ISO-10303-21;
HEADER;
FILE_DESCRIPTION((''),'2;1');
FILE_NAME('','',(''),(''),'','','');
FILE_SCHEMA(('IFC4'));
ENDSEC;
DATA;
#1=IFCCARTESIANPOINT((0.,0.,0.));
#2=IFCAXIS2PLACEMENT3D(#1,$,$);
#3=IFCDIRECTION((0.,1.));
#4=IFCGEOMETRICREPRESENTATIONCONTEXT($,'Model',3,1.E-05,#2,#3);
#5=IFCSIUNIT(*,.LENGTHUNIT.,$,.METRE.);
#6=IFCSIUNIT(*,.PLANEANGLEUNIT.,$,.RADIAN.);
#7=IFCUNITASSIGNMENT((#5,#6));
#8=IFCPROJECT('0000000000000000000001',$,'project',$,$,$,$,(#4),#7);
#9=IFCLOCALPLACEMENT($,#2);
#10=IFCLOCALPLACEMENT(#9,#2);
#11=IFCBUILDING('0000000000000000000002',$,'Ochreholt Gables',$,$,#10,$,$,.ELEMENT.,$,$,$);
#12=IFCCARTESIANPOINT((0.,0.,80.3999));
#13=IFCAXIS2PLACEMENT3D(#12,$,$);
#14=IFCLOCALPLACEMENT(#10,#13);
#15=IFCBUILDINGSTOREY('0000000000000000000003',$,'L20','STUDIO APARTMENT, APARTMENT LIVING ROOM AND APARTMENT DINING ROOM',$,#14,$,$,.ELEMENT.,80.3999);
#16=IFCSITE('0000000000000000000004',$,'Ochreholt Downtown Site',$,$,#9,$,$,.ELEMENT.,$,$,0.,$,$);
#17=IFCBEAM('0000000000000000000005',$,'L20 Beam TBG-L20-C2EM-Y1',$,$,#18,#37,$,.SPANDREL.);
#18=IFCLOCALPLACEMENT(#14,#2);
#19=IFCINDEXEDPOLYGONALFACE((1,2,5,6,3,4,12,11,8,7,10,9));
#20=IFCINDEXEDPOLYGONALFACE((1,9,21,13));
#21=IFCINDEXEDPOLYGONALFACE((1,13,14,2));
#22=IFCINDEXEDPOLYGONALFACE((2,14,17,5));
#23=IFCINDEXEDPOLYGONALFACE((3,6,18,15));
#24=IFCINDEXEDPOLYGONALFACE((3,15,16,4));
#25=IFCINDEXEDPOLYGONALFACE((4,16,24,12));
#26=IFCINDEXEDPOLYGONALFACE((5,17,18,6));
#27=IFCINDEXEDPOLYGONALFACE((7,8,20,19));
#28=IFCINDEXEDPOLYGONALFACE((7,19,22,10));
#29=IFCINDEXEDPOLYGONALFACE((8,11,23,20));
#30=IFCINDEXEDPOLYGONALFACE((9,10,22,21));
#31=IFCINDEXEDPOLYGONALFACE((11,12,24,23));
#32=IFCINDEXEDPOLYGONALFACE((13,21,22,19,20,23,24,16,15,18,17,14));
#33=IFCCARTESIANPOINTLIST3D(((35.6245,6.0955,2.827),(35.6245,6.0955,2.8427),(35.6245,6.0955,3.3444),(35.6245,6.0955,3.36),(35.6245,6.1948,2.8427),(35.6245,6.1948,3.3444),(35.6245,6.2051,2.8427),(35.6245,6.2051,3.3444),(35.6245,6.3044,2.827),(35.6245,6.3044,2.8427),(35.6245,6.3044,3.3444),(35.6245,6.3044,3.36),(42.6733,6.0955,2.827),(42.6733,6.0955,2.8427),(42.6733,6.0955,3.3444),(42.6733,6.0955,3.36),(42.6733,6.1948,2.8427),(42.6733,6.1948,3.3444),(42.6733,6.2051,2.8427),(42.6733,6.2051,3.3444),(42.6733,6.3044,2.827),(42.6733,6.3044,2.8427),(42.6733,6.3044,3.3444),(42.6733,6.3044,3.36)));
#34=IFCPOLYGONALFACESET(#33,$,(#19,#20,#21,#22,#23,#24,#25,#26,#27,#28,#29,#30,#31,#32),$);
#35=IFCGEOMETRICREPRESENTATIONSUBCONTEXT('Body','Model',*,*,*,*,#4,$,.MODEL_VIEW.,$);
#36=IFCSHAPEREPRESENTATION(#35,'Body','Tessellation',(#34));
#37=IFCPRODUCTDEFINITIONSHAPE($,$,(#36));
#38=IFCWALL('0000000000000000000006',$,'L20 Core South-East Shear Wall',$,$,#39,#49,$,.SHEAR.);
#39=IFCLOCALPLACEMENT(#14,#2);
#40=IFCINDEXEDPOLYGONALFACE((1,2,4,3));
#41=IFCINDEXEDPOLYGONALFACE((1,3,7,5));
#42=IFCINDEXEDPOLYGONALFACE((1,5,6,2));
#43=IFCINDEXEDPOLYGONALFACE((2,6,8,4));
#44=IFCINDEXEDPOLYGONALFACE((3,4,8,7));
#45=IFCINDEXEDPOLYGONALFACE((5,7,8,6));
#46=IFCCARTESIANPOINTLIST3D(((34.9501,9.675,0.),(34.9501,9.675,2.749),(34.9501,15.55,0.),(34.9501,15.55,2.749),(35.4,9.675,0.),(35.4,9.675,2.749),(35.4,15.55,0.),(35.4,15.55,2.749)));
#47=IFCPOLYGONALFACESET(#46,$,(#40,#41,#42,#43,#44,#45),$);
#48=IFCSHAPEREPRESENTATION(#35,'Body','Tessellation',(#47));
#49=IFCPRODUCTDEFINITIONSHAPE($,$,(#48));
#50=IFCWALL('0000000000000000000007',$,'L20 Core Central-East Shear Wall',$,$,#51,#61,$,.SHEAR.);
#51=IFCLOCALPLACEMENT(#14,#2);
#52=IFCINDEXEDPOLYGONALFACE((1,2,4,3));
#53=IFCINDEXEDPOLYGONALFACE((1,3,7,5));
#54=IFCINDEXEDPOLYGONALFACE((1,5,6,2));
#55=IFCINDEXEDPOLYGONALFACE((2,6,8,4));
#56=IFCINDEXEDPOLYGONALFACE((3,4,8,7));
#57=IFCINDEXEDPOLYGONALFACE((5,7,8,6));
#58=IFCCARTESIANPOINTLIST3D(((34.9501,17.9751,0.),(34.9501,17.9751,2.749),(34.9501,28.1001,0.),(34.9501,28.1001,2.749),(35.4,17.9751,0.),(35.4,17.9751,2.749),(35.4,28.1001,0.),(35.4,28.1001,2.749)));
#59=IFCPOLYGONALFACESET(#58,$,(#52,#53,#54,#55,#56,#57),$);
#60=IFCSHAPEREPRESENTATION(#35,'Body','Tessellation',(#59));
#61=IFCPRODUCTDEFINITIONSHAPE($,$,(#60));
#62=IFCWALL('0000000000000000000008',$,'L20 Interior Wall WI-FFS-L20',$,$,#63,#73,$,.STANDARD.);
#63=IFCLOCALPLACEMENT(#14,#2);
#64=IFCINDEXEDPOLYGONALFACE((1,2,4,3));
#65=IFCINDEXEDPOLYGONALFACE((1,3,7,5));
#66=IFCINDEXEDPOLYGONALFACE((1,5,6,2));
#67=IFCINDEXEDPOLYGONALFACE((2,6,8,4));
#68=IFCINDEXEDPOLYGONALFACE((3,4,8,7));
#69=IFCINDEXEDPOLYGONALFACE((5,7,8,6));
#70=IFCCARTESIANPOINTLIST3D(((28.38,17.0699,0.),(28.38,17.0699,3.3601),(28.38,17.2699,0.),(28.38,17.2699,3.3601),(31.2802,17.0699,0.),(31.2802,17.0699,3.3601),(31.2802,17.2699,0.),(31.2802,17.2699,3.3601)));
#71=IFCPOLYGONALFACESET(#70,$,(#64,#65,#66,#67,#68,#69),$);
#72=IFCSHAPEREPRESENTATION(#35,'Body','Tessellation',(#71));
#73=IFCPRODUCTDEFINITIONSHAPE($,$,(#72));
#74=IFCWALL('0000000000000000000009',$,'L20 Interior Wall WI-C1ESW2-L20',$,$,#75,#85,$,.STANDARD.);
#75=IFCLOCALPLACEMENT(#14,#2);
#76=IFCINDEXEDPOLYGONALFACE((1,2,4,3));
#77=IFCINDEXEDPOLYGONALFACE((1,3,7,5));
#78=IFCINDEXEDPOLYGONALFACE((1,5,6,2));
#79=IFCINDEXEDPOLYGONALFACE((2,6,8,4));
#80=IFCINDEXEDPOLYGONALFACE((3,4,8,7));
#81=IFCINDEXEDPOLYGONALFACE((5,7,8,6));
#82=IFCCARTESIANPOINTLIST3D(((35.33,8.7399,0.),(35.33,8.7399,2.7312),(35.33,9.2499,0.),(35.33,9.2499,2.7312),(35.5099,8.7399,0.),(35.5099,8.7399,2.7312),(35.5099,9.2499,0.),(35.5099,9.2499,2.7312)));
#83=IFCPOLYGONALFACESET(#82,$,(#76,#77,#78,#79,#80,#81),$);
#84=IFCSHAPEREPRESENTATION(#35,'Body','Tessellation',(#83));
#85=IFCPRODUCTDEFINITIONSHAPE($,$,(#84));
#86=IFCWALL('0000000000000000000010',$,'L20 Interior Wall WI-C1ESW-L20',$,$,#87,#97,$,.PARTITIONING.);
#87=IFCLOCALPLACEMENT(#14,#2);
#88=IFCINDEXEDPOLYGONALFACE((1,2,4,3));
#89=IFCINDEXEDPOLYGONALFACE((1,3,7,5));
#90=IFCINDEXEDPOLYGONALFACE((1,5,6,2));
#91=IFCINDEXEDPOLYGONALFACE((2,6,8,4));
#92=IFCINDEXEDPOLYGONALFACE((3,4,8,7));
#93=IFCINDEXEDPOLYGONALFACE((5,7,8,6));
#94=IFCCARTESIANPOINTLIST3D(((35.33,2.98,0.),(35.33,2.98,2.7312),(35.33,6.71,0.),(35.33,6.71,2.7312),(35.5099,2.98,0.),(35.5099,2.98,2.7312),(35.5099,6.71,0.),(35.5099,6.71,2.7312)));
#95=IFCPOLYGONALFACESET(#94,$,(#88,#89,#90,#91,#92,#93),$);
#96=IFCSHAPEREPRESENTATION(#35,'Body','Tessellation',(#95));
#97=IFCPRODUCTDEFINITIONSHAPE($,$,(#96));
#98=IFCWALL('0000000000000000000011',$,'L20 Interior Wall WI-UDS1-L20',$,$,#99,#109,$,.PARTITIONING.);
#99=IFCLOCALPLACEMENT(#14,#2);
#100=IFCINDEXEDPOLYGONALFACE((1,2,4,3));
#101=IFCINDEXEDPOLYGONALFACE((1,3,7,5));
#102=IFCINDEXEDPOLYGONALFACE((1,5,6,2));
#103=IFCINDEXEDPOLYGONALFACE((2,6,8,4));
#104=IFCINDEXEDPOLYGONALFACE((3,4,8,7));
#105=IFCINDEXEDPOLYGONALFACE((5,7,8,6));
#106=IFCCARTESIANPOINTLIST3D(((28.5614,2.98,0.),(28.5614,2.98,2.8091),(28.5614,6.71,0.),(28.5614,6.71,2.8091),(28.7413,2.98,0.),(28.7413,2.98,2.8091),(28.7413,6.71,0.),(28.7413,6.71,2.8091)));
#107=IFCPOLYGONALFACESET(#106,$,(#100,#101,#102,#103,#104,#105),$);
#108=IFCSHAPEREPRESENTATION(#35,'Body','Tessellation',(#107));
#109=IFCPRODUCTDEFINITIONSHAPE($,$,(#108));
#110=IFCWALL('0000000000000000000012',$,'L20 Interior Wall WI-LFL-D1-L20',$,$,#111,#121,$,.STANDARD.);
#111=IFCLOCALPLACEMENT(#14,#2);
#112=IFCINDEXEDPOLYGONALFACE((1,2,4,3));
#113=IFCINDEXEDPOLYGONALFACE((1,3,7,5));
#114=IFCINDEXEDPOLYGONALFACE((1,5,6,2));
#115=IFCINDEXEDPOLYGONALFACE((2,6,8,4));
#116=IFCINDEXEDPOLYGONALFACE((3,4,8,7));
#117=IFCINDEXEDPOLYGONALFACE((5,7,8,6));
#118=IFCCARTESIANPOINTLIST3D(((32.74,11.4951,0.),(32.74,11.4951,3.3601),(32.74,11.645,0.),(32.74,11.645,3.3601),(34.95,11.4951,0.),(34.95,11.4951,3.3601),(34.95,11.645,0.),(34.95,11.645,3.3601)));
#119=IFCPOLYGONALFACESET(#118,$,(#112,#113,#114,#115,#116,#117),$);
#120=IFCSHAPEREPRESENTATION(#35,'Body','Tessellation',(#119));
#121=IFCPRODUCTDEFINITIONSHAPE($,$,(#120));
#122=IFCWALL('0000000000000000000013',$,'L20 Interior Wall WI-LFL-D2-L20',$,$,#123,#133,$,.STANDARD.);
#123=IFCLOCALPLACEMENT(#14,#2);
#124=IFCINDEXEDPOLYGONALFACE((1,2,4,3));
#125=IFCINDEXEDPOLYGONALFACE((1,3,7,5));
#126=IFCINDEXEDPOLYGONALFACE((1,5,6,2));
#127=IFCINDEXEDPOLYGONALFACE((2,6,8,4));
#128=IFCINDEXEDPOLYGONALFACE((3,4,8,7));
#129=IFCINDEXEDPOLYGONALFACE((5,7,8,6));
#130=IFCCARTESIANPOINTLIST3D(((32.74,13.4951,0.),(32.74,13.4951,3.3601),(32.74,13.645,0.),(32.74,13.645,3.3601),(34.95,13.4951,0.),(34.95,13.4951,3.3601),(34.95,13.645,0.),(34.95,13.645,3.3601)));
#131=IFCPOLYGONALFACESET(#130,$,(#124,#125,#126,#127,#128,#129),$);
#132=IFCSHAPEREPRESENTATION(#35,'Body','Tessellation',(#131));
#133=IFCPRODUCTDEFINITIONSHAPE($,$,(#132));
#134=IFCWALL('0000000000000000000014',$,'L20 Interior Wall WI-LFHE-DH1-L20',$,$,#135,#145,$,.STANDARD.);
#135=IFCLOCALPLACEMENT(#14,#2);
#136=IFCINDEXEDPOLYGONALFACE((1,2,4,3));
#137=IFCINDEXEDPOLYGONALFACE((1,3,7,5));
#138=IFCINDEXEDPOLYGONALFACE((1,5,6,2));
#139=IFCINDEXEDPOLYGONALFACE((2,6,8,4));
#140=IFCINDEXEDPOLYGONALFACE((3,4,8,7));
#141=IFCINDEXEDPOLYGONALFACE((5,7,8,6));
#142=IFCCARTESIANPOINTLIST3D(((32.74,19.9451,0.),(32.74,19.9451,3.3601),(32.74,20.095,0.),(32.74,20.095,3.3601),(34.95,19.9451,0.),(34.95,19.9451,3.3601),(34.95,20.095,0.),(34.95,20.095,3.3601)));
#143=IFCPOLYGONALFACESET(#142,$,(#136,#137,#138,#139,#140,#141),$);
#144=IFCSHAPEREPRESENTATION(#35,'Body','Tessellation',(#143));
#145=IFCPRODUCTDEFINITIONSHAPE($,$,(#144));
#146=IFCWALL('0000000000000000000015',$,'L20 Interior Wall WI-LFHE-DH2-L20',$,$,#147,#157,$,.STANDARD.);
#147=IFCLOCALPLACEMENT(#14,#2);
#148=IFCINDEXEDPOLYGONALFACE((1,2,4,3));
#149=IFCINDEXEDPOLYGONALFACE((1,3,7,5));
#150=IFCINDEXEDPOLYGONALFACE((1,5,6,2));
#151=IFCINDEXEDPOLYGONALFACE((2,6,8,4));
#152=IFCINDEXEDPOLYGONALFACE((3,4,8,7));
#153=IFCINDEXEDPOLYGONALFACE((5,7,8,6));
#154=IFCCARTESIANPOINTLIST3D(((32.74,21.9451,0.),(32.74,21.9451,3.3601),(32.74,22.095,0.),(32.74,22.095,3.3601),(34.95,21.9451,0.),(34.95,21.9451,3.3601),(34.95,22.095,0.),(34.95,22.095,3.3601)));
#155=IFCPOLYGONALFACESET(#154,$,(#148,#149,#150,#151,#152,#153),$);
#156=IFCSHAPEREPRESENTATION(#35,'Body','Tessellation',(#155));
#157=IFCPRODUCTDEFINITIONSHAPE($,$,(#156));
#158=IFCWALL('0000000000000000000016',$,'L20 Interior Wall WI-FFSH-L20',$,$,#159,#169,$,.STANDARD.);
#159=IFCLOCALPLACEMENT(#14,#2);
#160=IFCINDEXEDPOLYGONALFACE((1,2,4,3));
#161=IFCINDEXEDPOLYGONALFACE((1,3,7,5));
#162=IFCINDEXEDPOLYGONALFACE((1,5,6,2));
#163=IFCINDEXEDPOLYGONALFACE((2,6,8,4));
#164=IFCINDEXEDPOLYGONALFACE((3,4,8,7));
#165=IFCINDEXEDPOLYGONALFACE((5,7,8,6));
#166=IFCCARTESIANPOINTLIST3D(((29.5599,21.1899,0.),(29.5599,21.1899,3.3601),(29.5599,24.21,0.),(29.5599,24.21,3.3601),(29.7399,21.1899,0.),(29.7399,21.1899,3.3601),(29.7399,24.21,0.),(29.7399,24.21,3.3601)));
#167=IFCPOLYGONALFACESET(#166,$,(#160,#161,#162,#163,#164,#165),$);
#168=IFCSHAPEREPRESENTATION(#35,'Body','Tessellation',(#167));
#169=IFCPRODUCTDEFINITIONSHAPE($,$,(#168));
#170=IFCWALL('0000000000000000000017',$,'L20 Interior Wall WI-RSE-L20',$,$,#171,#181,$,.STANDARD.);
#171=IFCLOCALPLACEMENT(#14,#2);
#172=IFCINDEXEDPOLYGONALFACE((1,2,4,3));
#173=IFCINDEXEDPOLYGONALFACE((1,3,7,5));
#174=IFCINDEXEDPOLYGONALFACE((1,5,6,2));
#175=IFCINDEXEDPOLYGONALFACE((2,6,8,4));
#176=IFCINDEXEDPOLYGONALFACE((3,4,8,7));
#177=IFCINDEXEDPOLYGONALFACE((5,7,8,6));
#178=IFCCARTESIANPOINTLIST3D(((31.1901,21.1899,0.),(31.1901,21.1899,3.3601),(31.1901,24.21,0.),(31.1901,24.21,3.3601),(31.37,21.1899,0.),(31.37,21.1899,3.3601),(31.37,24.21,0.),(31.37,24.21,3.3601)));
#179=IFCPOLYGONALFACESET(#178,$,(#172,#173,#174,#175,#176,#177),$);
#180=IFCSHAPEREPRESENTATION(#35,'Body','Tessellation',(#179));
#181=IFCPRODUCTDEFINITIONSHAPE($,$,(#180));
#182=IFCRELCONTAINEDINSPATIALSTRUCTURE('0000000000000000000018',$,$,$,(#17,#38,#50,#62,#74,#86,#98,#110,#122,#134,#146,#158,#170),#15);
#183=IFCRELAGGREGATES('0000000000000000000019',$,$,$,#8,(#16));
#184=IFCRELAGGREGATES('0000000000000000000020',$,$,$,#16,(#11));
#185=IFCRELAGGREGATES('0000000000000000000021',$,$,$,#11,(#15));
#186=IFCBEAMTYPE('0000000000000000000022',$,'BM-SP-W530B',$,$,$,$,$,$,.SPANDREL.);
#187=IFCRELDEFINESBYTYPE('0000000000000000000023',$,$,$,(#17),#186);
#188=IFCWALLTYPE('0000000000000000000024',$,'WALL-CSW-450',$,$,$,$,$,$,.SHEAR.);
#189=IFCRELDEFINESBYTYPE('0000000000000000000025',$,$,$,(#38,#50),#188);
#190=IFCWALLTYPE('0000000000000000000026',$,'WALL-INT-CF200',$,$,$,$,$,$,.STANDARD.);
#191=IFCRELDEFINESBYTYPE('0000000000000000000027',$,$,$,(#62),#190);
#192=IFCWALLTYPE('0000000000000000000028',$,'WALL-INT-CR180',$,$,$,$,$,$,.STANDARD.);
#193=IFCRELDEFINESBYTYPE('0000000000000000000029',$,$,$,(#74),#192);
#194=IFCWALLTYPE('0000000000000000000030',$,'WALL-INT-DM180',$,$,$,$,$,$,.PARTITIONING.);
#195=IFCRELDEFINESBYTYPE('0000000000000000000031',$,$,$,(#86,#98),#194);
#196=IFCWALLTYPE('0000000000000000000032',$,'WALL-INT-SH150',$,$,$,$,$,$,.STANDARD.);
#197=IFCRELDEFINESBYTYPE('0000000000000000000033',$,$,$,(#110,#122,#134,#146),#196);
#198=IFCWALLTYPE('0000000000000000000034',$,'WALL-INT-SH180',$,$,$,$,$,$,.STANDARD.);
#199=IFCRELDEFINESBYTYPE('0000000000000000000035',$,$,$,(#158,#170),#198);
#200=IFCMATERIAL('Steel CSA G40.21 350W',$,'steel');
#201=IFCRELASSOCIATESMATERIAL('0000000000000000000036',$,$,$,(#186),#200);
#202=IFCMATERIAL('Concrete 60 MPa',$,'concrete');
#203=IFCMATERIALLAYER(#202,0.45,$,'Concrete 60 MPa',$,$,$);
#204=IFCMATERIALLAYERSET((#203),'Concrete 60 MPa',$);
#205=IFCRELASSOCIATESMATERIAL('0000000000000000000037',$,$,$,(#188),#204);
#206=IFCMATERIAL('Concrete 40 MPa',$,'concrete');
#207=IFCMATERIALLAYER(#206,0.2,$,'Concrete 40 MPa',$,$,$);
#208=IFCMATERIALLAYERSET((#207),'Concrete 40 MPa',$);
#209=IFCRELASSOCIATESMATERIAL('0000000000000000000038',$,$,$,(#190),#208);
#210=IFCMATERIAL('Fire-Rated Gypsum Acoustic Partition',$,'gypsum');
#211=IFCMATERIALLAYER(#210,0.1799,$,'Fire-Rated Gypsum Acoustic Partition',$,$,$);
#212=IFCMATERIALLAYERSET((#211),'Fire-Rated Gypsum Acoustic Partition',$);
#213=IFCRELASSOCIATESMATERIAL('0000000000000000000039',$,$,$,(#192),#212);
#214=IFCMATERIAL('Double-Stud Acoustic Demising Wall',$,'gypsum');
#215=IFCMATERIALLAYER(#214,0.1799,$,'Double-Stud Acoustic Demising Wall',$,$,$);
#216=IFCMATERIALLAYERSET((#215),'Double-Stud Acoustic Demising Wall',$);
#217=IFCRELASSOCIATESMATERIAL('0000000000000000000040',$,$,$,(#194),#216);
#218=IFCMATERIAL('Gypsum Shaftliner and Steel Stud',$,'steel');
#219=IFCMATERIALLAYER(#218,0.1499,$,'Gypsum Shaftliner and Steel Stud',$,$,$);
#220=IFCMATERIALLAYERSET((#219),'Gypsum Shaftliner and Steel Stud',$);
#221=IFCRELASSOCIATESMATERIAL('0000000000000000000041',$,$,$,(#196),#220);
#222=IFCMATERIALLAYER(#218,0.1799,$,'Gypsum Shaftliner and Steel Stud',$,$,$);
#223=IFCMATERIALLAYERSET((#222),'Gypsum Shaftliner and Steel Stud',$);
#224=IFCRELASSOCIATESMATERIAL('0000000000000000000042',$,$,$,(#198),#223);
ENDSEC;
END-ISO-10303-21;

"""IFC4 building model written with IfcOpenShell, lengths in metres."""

from ifc_helpers import new_model, si_unit, direction, frame, frame_2d, origin, origin_2d, place, context, subcontext, project, spatial, rectangle, i_section, extrude, material, layer, layer_set, material_profile, profile_set, type_object, element, save


model = new_model("IFC4")

# Units and contexts
model_context = context("Model", 3, precision=1e-05, world=origin(), true_north=direction((0.0, 1.0)))
body_context = subcontext(model_context, "Body", "Model", "MODEL_VIEW")
ifc_project = project(units=[si_unit("LENGTHUNIT", "METRE"), si_unit("PLANEANGLEUNIT", "RADIAN")], contexts=[model_context])

# Site, building, storey
site_placement = place(None, origin())
site = spatial("IfcSite", under=ifc_project, at=site_placement, Name="Ochreholt Downtown Site", CompositionType="ELEMENT", RefElevation=0.0)
building_placement = place(site_placement, origin())
building = spatial("IfcBuilding", under=site, at=building_placement, Name="Ochreholt Gables", CompositionType="ELEMENT")
storey_placement = place(building_placement, frame((0.0, 0.0, 80.3999)))
storey = spatial("IfcBuildingStorey", under=building, at=storey_placement, Name="L20", Description="STUDIO APARTMENT, APARTMENT LIVING ROOM AND APARTMENT DINING ROOM", CompositionType="ELEMENT", Elevation=80.3999)

# Shared definitions
ifc_material_1 = material(Name="Concrete 60 MPa", Category="concrete")

# Beam
ifc_material_2 = material(Name="Steel CSA G40.21 350W", Category="steel")
ifc_material_profile_1 = material_profile(ifc_material_2, i_section(OverallWidth=0.209, OverallDepth=0.533, WebThickness=0.0103, FlangeThickness=0.0156, at=origin_2d()), Name="W530X92")
ifc_profile_set_1 = profile_set([ifc_material_profile_1], Name="Steel CSA G40.21 350W")
beam_type_1 = type_object("IfcBeamType", Name="BM-SP-W530B", PredefinedType="SPANDREL", material=ifc_profile_set_1)
beam_1_placement = place(storey_placement, frame((35.6245, 6.2, 3.0935), z_axis=(1.0, 0.0, 0.0), x_axis=(0.0, 1.0, 0.0)))
element("IfcBeam", 1, at=beam_1_placement, inside=storey, type_object=beam_type_1, Name="L20 Beam TBG-L20-C2EM-Y1", PredefinedType="SPANDREL", context=body_context, shape_type="SweptSolid", body=[
    extrude(i_section(OverallWidth=0.209, OverallDepth=0.533, WebThickness=0.0103, FlangeThickness=0.0156, at=origin_2d()), origin(), (0.0, 0.0, 1.0), 7.0488),
])

# Walls
ifc_layer_1 = layer(ifc_material_1, 0.45, Name="Concrete 60 MPa")
ifc_layer_set_1 = layer_set([ifc_layer_1], Name="Concrete 60 MPa")
wall_type_1 = type_object("IfcWallType", Name="WALL-CSW-450", PredefinedType="SHEAR", material=ifc_layer_set_1)
wall_1_placement = place(storey_placement, frame((35.175, 9.675, 0.0), z_axis=(0.0, 0.0, 1.0), x_axis=(0.0, 1.0, 0.0)))
element("IfcWall", 2, at=wall_1_placement, inside=storey, type_object=wall_type_1, Name="L20 Core South-East Shear Wall", PredefinedType="SHEAR", context=body_context, shape_type="SweptSolid", body=[
    extrude(rectangle(XDim=5.875, YDim=0.45, at=frame_2d((2.9375, 0.0))), origin(), (0.0, 0.0, 1.0), 2.749),
])
wall_2_placement = place(storey_placement, frame((35.175, 17.9751, 0.0), z_axis=(0.0, 0.0, 1.0), x_axis=(0.0, 1.0, 0.0)))
element("IfcWall", 3, at=wall_2_placement, inside=storey, type_object=wall_type_1, Name="L20 Core Central-East Shear Wall", PredefinedType="SHEAR", context=body_context, shape_type="SweptSolid", body=[
    extrude(rectangle(XDim=10.125, YDim=0.45, at=frame_2d((5.0625, 0.0))), origin(), (0.0, 0.0, 1.0), 2.749),
])
ifc_material_3 = material(Name="Concrete 40 MPa", Category="concrete")
ifc_layer_2 = layer(ifc_material_3, 0.2, Name="Concrete 40 MPa")
ifc_layer_set_2 = layer_set([ifc_layer_2], Name="Concrete 40 MPa")
wall_type_2 = type_object("IfcWallType", Name="WALL-INT-CF200", PredefinedType="STANDARD", material=ifc_layer_set_2)
wall_3_placement = place(storey_placement, frame((28.3799, 17.1699, 0.0), z_axis=(0.0, 0.0, 1.0), x_axis=(1.0, 0.0, 0.0)))
element("IfcWall", 4, at=wall_3_placement, inside=storey, type_object=wall_type_2, Name="L20 Interior Wall WI-FFS-L20", PredefinedType="STANDARD", context=body_context, shape_type="SweptSolid", body=[
    extrude(rectangle(XDim=2.9001, YDim=0.2, at=frame_2d((1.4502, 0.0))), origin(), (0.0, 0.0, 1.0), 3.3601),
])

# Walls
ifc_material_4 = material(Name="Fire-Rated Gypsum Acoustic Partition", Category="gypsum")
ifc_layer_3 = layer(ifc_material_4, 0.1799, Name="Fire-Rated Gypsum Acoustic Partition")
ifc_layer_set_3 = layer_set([ifc_layer_3], Name="Fire-Rated Gypsum Acoustic Partition")
wall_type_3 = type_object("IfcWallType", Name="WALL-INT-CR180", PredefinedType="STANDARD", material=ifc_layer_set_3)
wall_4_placement = place(storey_placement, frame((35.4199, 8.74, 0.0), z_axis=(0.0, 0.0, 1.0), x_axis=(0.0, 1.0, 0.0)))
element("IfcWall", 5, at=wall_4_placement, inside=storey, type_object=wall_type_3, Name="L20 Interior Wall WI-C1ESW2-L20", PredefinedType="STANDARD", context=body_context, shape_type="SweptSolid", body=[
    extrude(rectangle(XDim=0.51, YDim=0.1799, at=frame_2d((0.2549, 0.0))), origin(), (0.0, 0.0, 1.0), 2.7312),
])
ifc_material_5 = material(Name="Double-Stud Acoustic Demising Wall", Category="gypsum")
ifc_layer_4 = layer(ifc_material_5, 0.1799, Name="Double-Stud Acoustic Demising Wall")
ifc_layer_set_4 = layer_set([ifc_layer_4], Name="Double-Stud Acoustic Demising Wall")
wall_type_4 = type_object("IfcWallType", Name="WALL-INT-DM180", PredefinedType="PARTITIONING", material=ifc_layer_set_4)
wall_5_placement = place(storey_placement, frame((35.4199, 2.98, 0.0), z_axis=(0.0, 0.0, 1.0), x_axis=(0.0, 1.0, 0.0)))
element("IfcWall", 6, at=wall_5_placement, inside=storey, type_object=wall_type_4, Name="L20 Interior Wall WI-C1ESW-L20", PredefinedType="PARTITIONING", context=body_context, shape_type="SweptSolid", body=[
    extrude(rectangle(XDim=3.73, YDim=0.1799, at=frame_2d((1.865, 0.0))), origin(), (0.0, 0.0, 1.0), 2.7312),
])
wall_6_placement = place(storey_placement, frame((28.6514, 2.98, 0.0), z_axis=(0.0, 0.0, 1.0), x_axis=(0.0, 1.0, 0.0)))
element("IfcWall", 7, at=wall_6_placement, inside=storey, type_object=wall_type_4, Name="L20 Interior Wall WI-UDS1-L20", PredefinedType="PARTITIONING", context=body_context, shape_type="SweptSolid", body=[
    extrude(rectangle(XDim=3.73, YDim=0.1799, at=frame_2d((1.865, 0.0))), origin(), (0.0, 0.0, 1.0), 2.8091),
])
ifc_material_6 = material(Name="Gypsum Shaftliner and Steel Stud", Category="steel")
ifc_layer_5 = layer(ifc_material_6, 0.1499, Name="Gypsum Shaftliner and Steel Stud")
ifc_layer_set_5 = layer_set([ifc_layer_5], Name="Gypsum Shaftliner and Steel Stud")
wall_type_5 = type_object("IfcWallType", Name="WALL-INT-SH150", PredefinedType="STANDARD", material=ifc_layer_set_5)
for number, where, z_axis, x_axis, name in (
    (8, (32.74, 11.5701, 0.0), (0.0, 0.0, 1.0), (1.0, 0.0, 0.0), "L20 Interior Wall WI-LFL-D1-L20"),
    (9, (32.74, 13.5701, 0.0), (0.0, 0.0, 1.0), (1.0, 0.0, 0.0), "L20 Interior Wall WI-LFL-D2-L20"),
    (10, (32.74, 20.02, 0.0), (0.0, 0.0, 1.0), (1.0, 0.0, 0.0), "L20 Interior Wall WI-LFHE-DH1-L20"),
    (11, (32.74, 22.02, 0.0), (0.0, 0.0, 1.0), (1.0, 0.0, 0.0), "L20 Interior Wall WI-LFHE-DH2-L20"),
):
    element("IfcWall", number, at=place(storey_placement, frame(where, z_axis=z_axis, x_axis=x_axis)), inside=storey, type_object=wall_type_5, Name=name, PredefinedType="STANDARD", context=body_context, shape_type="SweptSolid", body=[
        extrude(rectangle(XDim=2.21, YDim=0.1499, at=frame_2d((1.105, 0.0))), origin(), (0.0, 0.0, 1.0), 3.3601),
    ])
ifc_layer_6 = layer(ifc_material_6, 0.1799, Name="Gypsum Shaftliner and Steel Stud")
ifc_layer_set_6 = layer_set([ifc_layer_6], Name="Gypsum Shaftliner and Steel Stud")
wall_type_6 = type_object("IfcWallType", Name="WALL-INT-SH180", PredefinedType="STANDARD", material=ifc_layer_set_6)
for number, where, z_axis, x_axis, name in (
    (12, (29.6499, 21.1899, 0.0), (0.0, 0.0, 1.0), (0.0, 1.0, 0.0), "L20 Interior Wall WI-FFSH-L20"),
    (13, (31.28, 21.1899, 0.0), (0.0, 0.0, 1.0), (0.0, 1.0, 0.0), "L20 Interior Wall WI-RSE-L20"),
):
    element("IfcWall", number, at=place(storey_placement, frame(where, z_axis=z_axis, x_axis=x_axis)), inside=storey, type_object=wall_type_6, Name=name, PredefinedType="STANDARD", context=body_context, shape_type="SweptSolid", body=[
        extrude(rectangle(XDim=3.02, YDim=0.1799, at=frame_2d((1.51, 0.0))), origin(), (0.0, 0.0, 1.0), 3.3601),
    ])

save(model, "model.ifc")
